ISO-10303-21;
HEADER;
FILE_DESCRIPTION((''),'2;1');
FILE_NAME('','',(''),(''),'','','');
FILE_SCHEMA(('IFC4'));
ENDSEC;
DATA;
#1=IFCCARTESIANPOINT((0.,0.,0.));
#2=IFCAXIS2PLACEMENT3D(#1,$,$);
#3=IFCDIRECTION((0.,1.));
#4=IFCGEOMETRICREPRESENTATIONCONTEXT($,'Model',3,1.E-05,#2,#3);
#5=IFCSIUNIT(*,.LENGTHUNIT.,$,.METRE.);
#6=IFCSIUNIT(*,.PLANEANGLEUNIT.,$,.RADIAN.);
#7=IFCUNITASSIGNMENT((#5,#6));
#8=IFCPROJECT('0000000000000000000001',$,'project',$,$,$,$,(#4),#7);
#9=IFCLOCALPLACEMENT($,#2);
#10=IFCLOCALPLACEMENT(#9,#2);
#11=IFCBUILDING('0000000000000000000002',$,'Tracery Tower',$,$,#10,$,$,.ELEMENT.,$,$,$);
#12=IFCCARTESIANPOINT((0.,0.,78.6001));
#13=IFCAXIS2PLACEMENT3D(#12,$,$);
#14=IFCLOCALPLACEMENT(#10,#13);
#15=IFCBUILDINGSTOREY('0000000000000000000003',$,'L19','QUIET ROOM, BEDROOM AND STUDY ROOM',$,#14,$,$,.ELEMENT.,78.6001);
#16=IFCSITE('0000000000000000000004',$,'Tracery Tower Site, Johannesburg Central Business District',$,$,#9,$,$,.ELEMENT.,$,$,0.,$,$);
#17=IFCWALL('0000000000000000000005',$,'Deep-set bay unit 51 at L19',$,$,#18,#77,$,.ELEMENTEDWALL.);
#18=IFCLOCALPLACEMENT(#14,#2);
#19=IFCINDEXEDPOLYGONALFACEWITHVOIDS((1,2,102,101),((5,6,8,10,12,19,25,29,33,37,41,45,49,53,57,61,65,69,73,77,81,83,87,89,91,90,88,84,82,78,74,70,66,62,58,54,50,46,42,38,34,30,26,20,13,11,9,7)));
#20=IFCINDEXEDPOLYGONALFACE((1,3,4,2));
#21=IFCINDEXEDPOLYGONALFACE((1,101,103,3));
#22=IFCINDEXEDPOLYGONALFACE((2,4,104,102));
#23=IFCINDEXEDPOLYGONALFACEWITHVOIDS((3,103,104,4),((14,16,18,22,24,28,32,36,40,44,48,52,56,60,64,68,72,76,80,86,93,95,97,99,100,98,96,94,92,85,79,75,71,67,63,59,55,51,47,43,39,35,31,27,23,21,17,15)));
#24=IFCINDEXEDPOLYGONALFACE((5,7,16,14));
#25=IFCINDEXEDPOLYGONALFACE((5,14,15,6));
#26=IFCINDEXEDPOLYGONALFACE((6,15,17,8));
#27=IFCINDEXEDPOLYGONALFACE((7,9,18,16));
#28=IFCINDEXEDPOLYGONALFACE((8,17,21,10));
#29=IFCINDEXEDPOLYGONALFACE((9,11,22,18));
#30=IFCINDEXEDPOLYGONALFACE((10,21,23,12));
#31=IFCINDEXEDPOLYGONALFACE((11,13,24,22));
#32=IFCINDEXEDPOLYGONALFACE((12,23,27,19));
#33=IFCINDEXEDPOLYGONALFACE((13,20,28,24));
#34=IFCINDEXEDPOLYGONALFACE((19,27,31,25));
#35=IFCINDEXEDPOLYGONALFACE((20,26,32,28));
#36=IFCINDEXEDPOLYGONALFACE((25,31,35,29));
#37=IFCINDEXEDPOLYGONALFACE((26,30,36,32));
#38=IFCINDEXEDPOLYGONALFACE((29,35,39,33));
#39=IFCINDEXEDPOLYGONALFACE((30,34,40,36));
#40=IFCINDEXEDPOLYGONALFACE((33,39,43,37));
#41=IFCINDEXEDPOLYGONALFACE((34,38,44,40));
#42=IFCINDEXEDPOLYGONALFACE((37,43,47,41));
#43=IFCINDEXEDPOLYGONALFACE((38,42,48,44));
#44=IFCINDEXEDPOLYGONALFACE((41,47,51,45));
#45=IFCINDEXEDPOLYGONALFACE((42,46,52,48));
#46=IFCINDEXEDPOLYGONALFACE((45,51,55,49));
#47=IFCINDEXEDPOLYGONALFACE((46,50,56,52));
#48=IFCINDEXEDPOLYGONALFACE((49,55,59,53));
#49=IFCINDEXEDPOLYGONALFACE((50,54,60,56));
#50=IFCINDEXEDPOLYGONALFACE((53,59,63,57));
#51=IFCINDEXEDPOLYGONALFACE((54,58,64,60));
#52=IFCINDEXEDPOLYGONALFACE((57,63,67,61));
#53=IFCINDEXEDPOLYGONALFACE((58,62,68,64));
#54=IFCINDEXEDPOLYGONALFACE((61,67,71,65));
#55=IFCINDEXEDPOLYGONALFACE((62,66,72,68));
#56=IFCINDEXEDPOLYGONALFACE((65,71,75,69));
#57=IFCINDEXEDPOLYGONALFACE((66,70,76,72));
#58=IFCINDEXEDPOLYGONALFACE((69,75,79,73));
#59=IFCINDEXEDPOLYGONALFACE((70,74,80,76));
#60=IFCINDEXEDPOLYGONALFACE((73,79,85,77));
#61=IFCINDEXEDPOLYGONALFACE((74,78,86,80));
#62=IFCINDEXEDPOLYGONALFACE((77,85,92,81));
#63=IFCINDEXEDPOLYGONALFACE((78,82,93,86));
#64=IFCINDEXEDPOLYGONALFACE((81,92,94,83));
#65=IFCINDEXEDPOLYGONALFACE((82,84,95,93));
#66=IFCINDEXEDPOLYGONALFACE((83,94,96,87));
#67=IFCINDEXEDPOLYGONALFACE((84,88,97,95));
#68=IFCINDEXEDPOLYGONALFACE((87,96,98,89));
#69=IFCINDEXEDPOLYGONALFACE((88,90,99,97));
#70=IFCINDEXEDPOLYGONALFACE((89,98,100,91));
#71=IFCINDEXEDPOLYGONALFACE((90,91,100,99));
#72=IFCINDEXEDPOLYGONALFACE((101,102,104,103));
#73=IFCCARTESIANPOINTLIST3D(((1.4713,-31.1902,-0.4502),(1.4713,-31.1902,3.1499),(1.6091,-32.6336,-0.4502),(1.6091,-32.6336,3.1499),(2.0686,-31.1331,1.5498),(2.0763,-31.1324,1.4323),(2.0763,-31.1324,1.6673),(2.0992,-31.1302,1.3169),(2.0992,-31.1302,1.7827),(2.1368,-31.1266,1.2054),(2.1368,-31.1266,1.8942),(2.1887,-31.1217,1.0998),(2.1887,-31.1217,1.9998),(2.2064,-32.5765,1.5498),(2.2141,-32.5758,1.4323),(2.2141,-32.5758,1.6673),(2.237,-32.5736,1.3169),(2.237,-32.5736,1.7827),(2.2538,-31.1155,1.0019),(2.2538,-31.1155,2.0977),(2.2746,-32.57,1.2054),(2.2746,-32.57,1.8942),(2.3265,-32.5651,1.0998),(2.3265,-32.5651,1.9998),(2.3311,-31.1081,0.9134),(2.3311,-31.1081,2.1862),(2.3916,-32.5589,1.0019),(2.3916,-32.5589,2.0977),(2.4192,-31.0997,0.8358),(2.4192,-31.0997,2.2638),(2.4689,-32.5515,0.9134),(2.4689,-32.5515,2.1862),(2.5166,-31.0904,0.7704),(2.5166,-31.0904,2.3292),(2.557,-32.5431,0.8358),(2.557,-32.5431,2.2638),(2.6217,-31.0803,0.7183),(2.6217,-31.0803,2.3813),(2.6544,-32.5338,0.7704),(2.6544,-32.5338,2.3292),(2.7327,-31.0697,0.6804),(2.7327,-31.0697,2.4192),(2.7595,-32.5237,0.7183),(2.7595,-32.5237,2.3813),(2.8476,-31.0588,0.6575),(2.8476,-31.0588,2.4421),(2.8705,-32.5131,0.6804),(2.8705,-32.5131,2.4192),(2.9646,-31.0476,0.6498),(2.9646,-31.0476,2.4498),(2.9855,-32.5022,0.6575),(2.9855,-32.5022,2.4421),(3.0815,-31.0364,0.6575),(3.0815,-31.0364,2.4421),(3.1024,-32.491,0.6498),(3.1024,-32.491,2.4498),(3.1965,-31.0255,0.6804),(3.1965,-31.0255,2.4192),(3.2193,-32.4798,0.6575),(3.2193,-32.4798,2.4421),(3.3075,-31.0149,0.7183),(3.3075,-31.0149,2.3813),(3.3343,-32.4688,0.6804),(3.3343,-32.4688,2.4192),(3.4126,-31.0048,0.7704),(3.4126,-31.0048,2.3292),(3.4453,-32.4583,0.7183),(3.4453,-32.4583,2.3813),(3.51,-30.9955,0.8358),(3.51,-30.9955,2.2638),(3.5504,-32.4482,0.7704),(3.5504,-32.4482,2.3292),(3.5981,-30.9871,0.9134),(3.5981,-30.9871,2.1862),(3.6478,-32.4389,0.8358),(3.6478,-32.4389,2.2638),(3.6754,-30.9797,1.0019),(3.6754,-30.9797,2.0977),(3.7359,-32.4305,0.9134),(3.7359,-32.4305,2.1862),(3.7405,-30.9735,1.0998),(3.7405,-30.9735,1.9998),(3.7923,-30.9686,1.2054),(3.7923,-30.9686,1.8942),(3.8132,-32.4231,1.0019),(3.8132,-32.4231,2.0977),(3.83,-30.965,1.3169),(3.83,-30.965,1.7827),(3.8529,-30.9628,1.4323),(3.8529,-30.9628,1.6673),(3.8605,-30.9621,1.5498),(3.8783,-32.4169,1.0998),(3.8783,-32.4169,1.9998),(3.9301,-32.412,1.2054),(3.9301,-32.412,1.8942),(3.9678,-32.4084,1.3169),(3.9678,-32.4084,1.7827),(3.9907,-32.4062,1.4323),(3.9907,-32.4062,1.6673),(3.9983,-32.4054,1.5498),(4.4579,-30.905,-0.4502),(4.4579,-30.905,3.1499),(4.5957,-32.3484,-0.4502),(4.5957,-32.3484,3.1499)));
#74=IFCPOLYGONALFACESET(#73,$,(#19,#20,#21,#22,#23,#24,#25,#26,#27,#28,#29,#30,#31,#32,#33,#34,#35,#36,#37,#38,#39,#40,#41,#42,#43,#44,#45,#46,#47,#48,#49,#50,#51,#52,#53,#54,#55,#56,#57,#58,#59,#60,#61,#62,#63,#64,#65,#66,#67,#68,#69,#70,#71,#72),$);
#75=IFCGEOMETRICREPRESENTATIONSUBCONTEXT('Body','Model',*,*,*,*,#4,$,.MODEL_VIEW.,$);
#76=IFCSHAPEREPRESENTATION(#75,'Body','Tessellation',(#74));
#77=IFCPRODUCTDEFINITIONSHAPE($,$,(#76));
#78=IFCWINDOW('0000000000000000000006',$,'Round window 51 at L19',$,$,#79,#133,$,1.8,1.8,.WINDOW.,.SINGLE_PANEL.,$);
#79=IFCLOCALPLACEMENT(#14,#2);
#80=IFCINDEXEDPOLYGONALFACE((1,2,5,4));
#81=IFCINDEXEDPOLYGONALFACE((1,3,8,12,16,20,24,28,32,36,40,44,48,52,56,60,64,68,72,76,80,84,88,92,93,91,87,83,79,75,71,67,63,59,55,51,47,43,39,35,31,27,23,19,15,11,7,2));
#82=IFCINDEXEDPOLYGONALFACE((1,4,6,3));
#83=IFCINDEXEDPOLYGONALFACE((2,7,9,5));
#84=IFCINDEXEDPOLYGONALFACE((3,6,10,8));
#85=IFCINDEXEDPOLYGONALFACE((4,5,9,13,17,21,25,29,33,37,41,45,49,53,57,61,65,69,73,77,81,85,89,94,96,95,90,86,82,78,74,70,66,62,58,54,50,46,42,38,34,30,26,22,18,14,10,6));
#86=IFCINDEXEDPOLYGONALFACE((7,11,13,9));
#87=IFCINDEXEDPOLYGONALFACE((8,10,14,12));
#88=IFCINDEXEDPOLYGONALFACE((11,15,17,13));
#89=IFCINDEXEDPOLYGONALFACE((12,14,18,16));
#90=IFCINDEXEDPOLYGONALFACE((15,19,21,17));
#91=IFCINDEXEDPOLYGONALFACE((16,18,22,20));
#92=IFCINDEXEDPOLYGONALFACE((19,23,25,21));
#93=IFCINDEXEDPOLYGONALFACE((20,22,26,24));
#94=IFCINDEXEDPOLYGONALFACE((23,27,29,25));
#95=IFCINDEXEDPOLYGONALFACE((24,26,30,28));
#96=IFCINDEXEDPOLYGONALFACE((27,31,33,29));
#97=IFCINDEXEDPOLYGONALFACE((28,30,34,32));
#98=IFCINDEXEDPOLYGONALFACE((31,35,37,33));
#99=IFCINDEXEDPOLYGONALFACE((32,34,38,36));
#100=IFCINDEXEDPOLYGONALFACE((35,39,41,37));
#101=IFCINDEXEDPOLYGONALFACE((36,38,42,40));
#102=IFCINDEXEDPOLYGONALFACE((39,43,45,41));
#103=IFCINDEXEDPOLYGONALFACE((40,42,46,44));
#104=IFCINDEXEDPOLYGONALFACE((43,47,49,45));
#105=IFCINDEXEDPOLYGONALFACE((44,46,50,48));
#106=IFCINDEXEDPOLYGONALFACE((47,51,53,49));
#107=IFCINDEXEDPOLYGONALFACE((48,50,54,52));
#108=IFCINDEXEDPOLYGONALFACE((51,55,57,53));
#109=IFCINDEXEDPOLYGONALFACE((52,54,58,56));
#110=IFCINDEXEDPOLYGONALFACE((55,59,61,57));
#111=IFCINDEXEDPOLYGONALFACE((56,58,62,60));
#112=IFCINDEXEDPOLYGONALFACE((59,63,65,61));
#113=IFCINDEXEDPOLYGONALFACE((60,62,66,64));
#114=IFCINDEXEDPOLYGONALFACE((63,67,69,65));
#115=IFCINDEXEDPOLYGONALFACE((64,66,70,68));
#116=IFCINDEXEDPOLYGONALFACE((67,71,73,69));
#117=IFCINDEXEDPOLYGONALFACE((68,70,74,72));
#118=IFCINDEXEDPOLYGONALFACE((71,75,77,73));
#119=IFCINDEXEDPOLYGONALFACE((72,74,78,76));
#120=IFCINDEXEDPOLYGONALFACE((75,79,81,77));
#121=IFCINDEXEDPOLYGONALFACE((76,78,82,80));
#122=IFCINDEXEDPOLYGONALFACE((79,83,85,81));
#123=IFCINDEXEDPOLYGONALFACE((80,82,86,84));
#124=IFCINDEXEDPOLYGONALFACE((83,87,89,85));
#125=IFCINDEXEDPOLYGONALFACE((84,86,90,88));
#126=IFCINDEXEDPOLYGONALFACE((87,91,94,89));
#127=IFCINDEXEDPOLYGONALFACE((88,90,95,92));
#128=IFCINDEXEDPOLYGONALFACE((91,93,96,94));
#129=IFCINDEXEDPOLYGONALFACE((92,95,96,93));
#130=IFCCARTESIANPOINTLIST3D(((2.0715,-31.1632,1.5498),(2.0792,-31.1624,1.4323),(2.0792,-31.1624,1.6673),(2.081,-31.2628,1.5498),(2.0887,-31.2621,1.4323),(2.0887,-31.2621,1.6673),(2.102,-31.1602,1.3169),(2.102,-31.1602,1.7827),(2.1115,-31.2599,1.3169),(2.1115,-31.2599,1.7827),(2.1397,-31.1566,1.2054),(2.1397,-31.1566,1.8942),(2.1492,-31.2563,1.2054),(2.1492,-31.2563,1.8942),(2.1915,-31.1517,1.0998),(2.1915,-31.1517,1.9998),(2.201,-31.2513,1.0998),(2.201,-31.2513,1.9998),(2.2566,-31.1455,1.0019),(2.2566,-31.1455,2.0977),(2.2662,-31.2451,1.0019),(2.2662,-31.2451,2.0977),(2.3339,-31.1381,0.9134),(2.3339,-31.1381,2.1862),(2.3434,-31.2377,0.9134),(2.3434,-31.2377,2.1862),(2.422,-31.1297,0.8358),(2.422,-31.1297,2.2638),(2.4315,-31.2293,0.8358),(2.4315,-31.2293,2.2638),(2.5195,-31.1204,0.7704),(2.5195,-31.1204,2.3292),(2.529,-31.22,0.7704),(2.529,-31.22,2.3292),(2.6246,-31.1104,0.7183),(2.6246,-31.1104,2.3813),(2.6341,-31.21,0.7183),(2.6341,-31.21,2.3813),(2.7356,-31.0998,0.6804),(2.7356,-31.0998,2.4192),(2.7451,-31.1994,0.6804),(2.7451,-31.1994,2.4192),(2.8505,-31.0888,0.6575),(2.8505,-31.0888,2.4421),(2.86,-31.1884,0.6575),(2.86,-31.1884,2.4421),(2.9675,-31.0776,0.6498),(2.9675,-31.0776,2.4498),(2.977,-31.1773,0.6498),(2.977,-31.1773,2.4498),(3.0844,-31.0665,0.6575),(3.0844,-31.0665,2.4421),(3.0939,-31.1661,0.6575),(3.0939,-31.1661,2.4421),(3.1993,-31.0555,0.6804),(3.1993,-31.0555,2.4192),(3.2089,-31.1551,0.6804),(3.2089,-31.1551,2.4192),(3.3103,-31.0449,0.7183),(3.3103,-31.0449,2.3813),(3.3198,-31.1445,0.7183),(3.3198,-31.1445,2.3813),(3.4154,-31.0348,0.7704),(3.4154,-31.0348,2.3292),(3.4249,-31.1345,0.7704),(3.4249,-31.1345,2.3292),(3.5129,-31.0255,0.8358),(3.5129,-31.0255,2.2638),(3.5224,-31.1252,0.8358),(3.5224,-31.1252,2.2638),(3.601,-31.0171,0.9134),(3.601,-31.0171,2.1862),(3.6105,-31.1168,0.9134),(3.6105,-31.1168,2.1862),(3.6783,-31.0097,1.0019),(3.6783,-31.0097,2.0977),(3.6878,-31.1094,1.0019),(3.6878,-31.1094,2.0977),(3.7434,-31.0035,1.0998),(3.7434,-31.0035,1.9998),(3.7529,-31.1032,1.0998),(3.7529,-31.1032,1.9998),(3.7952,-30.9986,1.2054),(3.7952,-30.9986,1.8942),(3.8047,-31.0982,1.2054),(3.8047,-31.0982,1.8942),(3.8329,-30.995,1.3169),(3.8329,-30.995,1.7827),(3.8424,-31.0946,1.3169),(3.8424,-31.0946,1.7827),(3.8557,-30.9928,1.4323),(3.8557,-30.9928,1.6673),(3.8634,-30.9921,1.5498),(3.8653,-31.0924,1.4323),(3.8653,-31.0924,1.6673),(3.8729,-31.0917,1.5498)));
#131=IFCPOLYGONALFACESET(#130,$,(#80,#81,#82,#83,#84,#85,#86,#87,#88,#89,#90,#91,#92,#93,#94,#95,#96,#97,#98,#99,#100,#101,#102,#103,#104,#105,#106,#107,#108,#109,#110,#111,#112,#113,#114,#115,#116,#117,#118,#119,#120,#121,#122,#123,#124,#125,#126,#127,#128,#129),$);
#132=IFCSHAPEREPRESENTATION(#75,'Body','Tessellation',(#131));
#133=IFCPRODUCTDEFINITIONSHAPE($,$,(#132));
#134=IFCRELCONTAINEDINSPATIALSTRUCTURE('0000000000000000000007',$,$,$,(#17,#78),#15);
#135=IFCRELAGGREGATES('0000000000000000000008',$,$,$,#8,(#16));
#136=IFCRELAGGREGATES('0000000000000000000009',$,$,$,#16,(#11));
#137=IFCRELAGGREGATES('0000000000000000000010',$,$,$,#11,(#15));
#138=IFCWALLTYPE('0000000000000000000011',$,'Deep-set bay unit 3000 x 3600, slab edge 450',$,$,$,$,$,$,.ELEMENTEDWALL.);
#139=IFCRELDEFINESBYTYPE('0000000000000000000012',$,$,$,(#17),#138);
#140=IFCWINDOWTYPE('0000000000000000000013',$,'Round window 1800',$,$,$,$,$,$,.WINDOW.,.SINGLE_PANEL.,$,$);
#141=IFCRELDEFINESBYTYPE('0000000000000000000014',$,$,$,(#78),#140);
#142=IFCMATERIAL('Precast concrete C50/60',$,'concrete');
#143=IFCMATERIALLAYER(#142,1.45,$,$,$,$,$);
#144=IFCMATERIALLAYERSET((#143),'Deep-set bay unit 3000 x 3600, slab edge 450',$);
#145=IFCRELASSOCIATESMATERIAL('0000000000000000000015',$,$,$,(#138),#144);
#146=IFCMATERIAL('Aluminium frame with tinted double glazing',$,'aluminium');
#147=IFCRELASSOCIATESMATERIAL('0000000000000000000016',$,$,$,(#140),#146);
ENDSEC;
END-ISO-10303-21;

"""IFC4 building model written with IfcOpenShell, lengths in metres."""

from ifc_helpers import new_model, si_unit, direction, frame, frame_2d, origin, origin_2d, place, context, subcontext, project, spatial, rectangle, circle, extrude, material, layer, layer_set, type_object, element, fill, save


model = new_model("IFC4")

# Units and contexts
model_context = context("Model", 3, precision=1e-05, world=origin(), true_north=direction((0.0, 1.0)))
body_context = subcontext(model_context, "Body", "Model", "MODEL_VIEW")
ifc_project = project(units=[si_unit("LENGTHUNIT", "METRE"), si_unit("PLANEANGLEUNIT", "RADIAN")], contexts=[model_context])

# Site, building, storey
site_placement = place(None, origin())
site = spatial("IfcSite", under=ifc_project, at=site_placement, Name="Tracery Tower Site, Johannesburg Central Business District", CompositionType="ELEMENT", RefElevation=0.0)
building_placement = place(site_placement, origin())
building = spatial("IfcBuilding", under=site, at=building_placement, Name="Tracery Tower", CompositionType="ELEMENT")
storey_placement = place(building_placement, frame((0.0, 0.0, 78.6001)))
storey = spatial("IfcBuildingStorey", under=building, at=storey_placement, Name="L19", Description="QUIET ROOM, BEDROOM AND STUDY ROOM", CompositionType="ELEMENT", Elevation=78.6001)

# Wall, opening, window
ifc_material_1 = material(Name="Precast concrete C50/60", Category="concrete")
ifc_layer_1 = layer(ifc_material_1, 1.45)
ifc_layer_set_1 = layer_set([ifc_layer_1], Name="Deep-set bay unit 3000 x 3600, slab edge 450")
wall_type_1 = type_object("IfcWallType", Name="Deep-set bay unit 3000 x 3600, slab edge 450", PredefinedType="ELEMENTEDWALL", material=ifc_layer_set_1)
ifc_material_2 = material(Name="Aluminium frame with tinted double glazing", Category="aluminium")
window_type = type_object("IfcWindowType", Name="Round window 1800", PartitioningType="SINGLE_PANEL", PredefinedType="WINDOW", material=ifc_material_2)
wall_1_placement = place(storey_placement, frame((1.5403, -31.9119, -0.4502), z_axis=(0.0, 0.0, 1.0), x_axis=(0.995473, 0.095047, 0.0)))
wall_1 = element("IfcWall", 1, at=wall_1_placement, inside=storey, type_object=wall_type_1, Name="Deep-set bay unit 51 at L19", PredefinedType="ELEMENTEDWALL", context=body_context, shape_type="SweptSolid", body=[
    extrude(rectangle(XDim=3.0002, YDim=1.45, at=frame_2d((1.5, 0.0))), origin(), (0.0, 0.0, 1.0), 3.6001),
])
opening_1_placement = place(wall_1_placement, frame((1.5, 0.0, 2.0)))
opening_1 = element("IfcOpeningElement", 2, at=opening_1_placement, cuts=wall_1, PredefinedType="OPENING", context=body_context, shape_type="SweptSolid", body=[
    extrude(circle(Radius=0.9, at=origin_2d()), frame((0.0, 0.7349, 0.0), z_axis=(0.0, -1.0, 0.0), x_axis=(1.0, 0.0, 0.0)), (0.0, 0.0, 1.0), 1.47),
])
window_1_placement = place(opening_1_placement, origin())
window_1 = element("IfcWindow", 3, at=window_1_placement, inside=storey, type_object=window_type, Name="Round window 51 at L19", OverallHeight=1.8, OverallWidth=1.8, PartitioningType="SINGLE_PANEL", PredefinedType="WINDOW", context=body_context, shape_type="SweptSolid", body=[
    extrude(circle(Radius=0.9, at=origin_2d()), frame((0.0, 0.6948, 0.0), z_axis=(0.0, -1.0, 0.0), x_axis=(1.0, 0.0, 0.0)), (0.0, 0.0, 1.0), 0.1001),
])
fill(opening_1, window_1)

save(model, "model.ifc")
